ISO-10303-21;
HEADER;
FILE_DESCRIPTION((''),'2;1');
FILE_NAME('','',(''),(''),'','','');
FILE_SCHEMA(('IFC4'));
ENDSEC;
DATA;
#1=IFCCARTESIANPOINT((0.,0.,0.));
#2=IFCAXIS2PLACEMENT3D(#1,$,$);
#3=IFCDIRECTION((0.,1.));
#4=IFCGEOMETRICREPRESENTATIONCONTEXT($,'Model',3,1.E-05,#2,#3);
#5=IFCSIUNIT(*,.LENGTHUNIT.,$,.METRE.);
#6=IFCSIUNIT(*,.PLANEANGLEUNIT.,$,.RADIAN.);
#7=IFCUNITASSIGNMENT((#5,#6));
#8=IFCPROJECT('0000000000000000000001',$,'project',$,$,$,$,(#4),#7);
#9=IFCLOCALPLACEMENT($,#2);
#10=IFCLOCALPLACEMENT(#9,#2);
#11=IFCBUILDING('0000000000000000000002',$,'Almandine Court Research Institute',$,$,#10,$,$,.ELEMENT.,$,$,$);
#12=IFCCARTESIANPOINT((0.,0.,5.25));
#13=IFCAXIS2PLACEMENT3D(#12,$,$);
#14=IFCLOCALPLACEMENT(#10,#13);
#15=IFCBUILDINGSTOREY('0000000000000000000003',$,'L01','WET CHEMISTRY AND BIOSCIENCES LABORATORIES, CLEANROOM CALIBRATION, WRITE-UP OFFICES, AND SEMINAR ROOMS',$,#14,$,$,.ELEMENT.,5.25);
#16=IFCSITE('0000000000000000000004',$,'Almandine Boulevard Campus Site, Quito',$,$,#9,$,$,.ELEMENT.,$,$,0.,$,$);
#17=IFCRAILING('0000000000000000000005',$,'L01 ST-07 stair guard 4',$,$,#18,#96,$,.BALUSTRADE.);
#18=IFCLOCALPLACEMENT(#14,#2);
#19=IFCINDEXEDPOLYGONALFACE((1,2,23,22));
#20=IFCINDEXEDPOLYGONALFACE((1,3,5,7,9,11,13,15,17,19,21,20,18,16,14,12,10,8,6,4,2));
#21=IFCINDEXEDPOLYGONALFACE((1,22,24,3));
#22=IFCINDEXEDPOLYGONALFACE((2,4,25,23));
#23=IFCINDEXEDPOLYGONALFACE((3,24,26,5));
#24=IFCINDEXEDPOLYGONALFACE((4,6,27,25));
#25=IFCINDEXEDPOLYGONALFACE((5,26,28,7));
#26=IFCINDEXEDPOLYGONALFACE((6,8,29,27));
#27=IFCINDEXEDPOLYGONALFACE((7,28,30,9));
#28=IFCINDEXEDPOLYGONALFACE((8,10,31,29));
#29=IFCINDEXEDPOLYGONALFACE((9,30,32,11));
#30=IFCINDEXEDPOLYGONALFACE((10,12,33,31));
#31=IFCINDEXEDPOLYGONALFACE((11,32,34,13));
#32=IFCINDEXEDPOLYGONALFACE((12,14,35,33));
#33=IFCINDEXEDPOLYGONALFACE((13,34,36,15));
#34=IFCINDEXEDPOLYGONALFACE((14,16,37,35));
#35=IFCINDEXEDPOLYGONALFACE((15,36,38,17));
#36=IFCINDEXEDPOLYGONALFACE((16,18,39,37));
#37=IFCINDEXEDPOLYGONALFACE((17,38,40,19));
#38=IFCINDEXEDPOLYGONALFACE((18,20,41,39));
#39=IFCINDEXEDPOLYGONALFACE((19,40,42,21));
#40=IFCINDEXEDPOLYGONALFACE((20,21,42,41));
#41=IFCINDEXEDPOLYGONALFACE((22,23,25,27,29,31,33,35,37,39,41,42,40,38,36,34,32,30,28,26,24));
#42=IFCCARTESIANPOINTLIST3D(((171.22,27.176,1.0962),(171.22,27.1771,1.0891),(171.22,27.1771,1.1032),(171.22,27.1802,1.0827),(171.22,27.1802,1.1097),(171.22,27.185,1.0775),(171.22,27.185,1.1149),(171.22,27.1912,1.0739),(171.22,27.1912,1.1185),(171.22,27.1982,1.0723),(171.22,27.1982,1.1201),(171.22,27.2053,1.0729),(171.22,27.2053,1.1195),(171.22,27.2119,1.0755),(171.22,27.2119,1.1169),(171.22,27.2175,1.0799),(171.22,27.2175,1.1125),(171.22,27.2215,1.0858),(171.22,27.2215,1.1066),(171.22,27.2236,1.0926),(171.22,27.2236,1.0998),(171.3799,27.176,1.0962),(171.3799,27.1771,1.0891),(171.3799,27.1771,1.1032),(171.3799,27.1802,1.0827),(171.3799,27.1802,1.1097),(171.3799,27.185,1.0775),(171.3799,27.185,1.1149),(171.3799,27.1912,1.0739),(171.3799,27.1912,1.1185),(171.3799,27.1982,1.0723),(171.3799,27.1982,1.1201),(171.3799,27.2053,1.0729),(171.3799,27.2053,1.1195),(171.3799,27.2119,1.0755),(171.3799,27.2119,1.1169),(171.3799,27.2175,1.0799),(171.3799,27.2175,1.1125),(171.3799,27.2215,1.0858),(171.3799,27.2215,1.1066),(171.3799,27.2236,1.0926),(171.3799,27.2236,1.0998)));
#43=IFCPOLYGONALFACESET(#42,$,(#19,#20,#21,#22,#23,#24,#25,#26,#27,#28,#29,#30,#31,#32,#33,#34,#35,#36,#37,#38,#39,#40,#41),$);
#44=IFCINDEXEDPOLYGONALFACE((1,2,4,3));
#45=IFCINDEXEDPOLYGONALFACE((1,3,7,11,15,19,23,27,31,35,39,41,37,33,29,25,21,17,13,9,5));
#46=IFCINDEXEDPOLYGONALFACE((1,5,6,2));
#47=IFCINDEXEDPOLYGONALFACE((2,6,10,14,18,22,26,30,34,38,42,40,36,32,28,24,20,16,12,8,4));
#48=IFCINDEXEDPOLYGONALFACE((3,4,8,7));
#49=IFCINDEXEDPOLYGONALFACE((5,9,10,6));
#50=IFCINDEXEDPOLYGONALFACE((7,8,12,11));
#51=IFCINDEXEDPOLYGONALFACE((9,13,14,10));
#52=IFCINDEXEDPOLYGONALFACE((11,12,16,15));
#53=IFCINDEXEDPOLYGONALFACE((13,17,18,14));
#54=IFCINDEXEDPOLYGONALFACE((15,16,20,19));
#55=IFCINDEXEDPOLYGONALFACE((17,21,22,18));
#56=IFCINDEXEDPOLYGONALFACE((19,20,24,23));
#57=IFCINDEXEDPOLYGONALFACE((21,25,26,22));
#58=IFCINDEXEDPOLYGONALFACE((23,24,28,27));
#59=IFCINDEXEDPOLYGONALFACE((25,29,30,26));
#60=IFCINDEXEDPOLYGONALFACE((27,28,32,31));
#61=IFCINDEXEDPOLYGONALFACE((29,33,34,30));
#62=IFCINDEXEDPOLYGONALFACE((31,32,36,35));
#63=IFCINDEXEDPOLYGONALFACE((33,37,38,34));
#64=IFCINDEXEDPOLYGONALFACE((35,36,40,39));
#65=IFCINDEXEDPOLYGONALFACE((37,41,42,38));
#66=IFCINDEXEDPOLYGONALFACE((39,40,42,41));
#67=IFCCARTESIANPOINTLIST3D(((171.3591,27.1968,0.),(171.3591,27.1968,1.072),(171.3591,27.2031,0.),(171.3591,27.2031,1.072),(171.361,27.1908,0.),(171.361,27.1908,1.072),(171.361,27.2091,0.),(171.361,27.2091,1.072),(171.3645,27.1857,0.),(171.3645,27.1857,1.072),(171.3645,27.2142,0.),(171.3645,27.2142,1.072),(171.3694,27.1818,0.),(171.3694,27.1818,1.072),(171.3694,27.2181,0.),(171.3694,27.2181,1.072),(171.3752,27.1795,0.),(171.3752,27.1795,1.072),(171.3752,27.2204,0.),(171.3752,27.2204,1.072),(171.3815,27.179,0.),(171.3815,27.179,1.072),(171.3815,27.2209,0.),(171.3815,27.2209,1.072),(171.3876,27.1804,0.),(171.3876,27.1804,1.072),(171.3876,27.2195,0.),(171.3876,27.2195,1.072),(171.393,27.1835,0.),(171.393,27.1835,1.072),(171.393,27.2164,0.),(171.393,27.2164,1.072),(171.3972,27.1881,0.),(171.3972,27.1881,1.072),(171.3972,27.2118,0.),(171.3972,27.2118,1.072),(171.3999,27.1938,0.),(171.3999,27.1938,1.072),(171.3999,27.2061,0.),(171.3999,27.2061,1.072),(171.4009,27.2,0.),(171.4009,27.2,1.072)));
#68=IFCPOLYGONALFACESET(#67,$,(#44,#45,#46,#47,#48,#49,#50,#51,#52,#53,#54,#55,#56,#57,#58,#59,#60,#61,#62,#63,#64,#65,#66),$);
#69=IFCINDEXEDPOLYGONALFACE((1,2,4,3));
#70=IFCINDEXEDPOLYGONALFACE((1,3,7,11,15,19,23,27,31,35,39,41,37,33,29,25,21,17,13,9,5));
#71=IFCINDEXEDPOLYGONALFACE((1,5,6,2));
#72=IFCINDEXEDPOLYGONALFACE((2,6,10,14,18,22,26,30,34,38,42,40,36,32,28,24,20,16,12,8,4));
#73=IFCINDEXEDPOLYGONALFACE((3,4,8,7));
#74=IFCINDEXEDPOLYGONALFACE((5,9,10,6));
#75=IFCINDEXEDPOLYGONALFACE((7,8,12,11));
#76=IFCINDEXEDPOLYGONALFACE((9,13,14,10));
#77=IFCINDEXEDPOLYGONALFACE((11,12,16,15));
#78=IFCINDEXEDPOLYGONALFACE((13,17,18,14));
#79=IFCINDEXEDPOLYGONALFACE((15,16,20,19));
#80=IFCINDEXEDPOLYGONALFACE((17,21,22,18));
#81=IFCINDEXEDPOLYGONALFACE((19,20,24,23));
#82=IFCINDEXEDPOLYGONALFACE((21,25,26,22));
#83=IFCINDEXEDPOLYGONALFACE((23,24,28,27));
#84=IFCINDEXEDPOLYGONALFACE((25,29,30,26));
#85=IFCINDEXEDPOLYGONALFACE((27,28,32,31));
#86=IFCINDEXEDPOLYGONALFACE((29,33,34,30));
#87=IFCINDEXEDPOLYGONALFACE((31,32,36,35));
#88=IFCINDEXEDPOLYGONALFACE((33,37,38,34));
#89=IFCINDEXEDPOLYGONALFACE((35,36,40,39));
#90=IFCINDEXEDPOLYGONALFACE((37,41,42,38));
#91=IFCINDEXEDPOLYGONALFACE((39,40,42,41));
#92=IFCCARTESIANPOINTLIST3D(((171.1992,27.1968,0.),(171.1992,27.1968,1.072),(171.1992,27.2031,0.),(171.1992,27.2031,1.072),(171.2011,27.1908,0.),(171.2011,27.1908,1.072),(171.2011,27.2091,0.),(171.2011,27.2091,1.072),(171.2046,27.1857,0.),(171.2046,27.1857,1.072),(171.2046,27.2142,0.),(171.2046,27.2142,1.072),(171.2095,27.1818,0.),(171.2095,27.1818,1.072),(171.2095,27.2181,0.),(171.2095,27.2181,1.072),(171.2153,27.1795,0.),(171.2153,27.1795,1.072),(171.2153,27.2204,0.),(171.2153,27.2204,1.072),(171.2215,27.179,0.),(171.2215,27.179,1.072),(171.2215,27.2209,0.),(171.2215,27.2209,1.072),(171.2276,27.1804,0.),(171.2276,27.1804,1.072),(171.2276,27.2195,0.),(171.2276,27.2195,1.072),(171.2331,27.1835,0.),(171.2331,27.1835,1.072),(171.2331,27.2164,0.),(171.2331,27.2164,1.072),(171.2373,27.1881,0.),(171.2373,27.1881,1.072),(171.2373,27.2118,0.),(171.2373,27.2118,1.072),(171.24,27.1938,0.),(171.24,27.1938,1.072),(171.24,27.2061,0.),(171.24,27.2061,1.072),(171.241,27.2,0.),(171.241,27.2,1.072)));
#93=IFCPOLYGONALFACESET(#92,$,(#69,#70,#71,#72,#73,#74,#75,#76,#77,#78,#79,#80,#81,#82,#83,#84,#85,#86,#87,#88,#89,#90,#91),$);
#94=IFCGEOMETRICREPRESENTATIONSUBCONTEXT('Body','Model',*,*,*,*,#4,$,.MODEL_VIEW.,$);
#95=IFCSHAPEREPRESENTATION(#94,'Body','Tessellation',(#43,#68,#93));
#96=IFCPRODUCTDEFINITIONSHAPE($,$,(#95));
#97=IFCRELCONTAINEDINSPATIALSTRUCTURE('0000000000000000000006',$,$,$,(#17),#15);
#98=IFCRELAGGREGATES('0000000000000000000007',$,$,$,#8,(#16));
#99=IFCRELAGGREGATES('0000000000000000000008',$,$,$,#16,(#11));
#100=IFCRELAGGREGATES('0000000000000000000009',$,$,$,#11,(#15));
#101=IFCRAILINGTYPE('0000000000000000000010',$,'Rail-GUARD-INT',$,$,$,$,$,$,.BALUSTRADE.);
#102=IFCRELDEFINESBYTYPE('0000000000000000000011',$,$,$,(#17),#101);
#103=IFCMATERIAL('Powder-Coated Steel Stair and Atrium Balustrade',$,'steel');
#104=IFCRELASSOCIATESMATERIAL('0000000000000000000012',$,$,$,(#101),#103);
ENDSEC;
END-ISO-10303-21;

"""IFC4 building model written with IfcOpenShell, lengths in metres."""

from ifc_helpers import new_model, si_unit, direction, frame, origin, origin_2d, place, context, subcontext, project, spatial, circle, extrude, material, type_object, element, save


model = new_model("IFC4")

# Units and contexts
model_context = context("Model", 3, precision=1e-05, world=origin(), true_north=direction((0.0, 1.0)))
body_context = subcontext(model_context, "Body", "Model", "MODEL_VIEW")
ifc_project = project(units=[si_unit("LENGTHUNIT", "METRE"), si_unit("PLANEANGLEUNIT", "RADIAN")], contexts=[model_context])

# Site, building, storey
site_placement = place(None, origin())
site = spatial("IfcSite", under=ifc_project, at=site_placement, Name="Almandine Boulevard Campus Site, Quito", CompositionType="ELEMENT", RefElevation=0.0)
building_placement = place(site_placement, origin())
building = spatial("IfcBuilding", under=site, at=building_placement, Name="Almandine Court Research Institute", CompositionType="ELEMENT")
storey_placement = place(building_placement, frame((0.0, 0.0, 5.25)))
storey = spatial("IfcBuildingStorey", under=building, at=storey_placement, Name="L01", Description="WET CHEMISTRY AND BIOSCIENCES LABORATORIES, CLEANROOM CALIBRATION, WRITE-UP OFFICES, AND SEMINAR ROOMS", CompositionType="ELEMENT", Elevation=5.25)

# Railing
ifc_material_1 = material(Name="Powder-Coated Steel Stair and Atrium Balustrade", Category="steel")
railing_type_1 = type_object("IfcRailingType", Name="Rail-GUARD-INT", PredefinedType="BALUSTRADE", material=ifc_material_1)
railing_1_placement = place(storey_placement, frame((171.3799, 27.2, 0.0)))
element("IfcRailing", 1, at=railing_1_placement, inside=storey, type_object=railing_type_1, Name="L01 ST-07 stair guard 4", PredefinedType="BALUSTRADE", context=body_context, shape_type="SweptSolid", body=[
    extrude(circle(Radius=0.0239, at=origin_2d()), frame((0.0, 0.0, 1.0962), z_axis=(-1.0, 0.0, 0.0), x_axis=(0.0, -1.0, 0.0)), (0.0, 0.0, 1.0), 0.1599),
    extrude(circle(Radius=0.021, at=origin_2d()), origin(), (0.0, 0.0, 1.0), 1.072),
    extrude(circle(Radius=0.021, at=origin_2d()), frame((-0.1599, 0.0, 0.0)), (0.0, 0.0, 1.0), 1.072),
])

save(model, "model.ifc")
